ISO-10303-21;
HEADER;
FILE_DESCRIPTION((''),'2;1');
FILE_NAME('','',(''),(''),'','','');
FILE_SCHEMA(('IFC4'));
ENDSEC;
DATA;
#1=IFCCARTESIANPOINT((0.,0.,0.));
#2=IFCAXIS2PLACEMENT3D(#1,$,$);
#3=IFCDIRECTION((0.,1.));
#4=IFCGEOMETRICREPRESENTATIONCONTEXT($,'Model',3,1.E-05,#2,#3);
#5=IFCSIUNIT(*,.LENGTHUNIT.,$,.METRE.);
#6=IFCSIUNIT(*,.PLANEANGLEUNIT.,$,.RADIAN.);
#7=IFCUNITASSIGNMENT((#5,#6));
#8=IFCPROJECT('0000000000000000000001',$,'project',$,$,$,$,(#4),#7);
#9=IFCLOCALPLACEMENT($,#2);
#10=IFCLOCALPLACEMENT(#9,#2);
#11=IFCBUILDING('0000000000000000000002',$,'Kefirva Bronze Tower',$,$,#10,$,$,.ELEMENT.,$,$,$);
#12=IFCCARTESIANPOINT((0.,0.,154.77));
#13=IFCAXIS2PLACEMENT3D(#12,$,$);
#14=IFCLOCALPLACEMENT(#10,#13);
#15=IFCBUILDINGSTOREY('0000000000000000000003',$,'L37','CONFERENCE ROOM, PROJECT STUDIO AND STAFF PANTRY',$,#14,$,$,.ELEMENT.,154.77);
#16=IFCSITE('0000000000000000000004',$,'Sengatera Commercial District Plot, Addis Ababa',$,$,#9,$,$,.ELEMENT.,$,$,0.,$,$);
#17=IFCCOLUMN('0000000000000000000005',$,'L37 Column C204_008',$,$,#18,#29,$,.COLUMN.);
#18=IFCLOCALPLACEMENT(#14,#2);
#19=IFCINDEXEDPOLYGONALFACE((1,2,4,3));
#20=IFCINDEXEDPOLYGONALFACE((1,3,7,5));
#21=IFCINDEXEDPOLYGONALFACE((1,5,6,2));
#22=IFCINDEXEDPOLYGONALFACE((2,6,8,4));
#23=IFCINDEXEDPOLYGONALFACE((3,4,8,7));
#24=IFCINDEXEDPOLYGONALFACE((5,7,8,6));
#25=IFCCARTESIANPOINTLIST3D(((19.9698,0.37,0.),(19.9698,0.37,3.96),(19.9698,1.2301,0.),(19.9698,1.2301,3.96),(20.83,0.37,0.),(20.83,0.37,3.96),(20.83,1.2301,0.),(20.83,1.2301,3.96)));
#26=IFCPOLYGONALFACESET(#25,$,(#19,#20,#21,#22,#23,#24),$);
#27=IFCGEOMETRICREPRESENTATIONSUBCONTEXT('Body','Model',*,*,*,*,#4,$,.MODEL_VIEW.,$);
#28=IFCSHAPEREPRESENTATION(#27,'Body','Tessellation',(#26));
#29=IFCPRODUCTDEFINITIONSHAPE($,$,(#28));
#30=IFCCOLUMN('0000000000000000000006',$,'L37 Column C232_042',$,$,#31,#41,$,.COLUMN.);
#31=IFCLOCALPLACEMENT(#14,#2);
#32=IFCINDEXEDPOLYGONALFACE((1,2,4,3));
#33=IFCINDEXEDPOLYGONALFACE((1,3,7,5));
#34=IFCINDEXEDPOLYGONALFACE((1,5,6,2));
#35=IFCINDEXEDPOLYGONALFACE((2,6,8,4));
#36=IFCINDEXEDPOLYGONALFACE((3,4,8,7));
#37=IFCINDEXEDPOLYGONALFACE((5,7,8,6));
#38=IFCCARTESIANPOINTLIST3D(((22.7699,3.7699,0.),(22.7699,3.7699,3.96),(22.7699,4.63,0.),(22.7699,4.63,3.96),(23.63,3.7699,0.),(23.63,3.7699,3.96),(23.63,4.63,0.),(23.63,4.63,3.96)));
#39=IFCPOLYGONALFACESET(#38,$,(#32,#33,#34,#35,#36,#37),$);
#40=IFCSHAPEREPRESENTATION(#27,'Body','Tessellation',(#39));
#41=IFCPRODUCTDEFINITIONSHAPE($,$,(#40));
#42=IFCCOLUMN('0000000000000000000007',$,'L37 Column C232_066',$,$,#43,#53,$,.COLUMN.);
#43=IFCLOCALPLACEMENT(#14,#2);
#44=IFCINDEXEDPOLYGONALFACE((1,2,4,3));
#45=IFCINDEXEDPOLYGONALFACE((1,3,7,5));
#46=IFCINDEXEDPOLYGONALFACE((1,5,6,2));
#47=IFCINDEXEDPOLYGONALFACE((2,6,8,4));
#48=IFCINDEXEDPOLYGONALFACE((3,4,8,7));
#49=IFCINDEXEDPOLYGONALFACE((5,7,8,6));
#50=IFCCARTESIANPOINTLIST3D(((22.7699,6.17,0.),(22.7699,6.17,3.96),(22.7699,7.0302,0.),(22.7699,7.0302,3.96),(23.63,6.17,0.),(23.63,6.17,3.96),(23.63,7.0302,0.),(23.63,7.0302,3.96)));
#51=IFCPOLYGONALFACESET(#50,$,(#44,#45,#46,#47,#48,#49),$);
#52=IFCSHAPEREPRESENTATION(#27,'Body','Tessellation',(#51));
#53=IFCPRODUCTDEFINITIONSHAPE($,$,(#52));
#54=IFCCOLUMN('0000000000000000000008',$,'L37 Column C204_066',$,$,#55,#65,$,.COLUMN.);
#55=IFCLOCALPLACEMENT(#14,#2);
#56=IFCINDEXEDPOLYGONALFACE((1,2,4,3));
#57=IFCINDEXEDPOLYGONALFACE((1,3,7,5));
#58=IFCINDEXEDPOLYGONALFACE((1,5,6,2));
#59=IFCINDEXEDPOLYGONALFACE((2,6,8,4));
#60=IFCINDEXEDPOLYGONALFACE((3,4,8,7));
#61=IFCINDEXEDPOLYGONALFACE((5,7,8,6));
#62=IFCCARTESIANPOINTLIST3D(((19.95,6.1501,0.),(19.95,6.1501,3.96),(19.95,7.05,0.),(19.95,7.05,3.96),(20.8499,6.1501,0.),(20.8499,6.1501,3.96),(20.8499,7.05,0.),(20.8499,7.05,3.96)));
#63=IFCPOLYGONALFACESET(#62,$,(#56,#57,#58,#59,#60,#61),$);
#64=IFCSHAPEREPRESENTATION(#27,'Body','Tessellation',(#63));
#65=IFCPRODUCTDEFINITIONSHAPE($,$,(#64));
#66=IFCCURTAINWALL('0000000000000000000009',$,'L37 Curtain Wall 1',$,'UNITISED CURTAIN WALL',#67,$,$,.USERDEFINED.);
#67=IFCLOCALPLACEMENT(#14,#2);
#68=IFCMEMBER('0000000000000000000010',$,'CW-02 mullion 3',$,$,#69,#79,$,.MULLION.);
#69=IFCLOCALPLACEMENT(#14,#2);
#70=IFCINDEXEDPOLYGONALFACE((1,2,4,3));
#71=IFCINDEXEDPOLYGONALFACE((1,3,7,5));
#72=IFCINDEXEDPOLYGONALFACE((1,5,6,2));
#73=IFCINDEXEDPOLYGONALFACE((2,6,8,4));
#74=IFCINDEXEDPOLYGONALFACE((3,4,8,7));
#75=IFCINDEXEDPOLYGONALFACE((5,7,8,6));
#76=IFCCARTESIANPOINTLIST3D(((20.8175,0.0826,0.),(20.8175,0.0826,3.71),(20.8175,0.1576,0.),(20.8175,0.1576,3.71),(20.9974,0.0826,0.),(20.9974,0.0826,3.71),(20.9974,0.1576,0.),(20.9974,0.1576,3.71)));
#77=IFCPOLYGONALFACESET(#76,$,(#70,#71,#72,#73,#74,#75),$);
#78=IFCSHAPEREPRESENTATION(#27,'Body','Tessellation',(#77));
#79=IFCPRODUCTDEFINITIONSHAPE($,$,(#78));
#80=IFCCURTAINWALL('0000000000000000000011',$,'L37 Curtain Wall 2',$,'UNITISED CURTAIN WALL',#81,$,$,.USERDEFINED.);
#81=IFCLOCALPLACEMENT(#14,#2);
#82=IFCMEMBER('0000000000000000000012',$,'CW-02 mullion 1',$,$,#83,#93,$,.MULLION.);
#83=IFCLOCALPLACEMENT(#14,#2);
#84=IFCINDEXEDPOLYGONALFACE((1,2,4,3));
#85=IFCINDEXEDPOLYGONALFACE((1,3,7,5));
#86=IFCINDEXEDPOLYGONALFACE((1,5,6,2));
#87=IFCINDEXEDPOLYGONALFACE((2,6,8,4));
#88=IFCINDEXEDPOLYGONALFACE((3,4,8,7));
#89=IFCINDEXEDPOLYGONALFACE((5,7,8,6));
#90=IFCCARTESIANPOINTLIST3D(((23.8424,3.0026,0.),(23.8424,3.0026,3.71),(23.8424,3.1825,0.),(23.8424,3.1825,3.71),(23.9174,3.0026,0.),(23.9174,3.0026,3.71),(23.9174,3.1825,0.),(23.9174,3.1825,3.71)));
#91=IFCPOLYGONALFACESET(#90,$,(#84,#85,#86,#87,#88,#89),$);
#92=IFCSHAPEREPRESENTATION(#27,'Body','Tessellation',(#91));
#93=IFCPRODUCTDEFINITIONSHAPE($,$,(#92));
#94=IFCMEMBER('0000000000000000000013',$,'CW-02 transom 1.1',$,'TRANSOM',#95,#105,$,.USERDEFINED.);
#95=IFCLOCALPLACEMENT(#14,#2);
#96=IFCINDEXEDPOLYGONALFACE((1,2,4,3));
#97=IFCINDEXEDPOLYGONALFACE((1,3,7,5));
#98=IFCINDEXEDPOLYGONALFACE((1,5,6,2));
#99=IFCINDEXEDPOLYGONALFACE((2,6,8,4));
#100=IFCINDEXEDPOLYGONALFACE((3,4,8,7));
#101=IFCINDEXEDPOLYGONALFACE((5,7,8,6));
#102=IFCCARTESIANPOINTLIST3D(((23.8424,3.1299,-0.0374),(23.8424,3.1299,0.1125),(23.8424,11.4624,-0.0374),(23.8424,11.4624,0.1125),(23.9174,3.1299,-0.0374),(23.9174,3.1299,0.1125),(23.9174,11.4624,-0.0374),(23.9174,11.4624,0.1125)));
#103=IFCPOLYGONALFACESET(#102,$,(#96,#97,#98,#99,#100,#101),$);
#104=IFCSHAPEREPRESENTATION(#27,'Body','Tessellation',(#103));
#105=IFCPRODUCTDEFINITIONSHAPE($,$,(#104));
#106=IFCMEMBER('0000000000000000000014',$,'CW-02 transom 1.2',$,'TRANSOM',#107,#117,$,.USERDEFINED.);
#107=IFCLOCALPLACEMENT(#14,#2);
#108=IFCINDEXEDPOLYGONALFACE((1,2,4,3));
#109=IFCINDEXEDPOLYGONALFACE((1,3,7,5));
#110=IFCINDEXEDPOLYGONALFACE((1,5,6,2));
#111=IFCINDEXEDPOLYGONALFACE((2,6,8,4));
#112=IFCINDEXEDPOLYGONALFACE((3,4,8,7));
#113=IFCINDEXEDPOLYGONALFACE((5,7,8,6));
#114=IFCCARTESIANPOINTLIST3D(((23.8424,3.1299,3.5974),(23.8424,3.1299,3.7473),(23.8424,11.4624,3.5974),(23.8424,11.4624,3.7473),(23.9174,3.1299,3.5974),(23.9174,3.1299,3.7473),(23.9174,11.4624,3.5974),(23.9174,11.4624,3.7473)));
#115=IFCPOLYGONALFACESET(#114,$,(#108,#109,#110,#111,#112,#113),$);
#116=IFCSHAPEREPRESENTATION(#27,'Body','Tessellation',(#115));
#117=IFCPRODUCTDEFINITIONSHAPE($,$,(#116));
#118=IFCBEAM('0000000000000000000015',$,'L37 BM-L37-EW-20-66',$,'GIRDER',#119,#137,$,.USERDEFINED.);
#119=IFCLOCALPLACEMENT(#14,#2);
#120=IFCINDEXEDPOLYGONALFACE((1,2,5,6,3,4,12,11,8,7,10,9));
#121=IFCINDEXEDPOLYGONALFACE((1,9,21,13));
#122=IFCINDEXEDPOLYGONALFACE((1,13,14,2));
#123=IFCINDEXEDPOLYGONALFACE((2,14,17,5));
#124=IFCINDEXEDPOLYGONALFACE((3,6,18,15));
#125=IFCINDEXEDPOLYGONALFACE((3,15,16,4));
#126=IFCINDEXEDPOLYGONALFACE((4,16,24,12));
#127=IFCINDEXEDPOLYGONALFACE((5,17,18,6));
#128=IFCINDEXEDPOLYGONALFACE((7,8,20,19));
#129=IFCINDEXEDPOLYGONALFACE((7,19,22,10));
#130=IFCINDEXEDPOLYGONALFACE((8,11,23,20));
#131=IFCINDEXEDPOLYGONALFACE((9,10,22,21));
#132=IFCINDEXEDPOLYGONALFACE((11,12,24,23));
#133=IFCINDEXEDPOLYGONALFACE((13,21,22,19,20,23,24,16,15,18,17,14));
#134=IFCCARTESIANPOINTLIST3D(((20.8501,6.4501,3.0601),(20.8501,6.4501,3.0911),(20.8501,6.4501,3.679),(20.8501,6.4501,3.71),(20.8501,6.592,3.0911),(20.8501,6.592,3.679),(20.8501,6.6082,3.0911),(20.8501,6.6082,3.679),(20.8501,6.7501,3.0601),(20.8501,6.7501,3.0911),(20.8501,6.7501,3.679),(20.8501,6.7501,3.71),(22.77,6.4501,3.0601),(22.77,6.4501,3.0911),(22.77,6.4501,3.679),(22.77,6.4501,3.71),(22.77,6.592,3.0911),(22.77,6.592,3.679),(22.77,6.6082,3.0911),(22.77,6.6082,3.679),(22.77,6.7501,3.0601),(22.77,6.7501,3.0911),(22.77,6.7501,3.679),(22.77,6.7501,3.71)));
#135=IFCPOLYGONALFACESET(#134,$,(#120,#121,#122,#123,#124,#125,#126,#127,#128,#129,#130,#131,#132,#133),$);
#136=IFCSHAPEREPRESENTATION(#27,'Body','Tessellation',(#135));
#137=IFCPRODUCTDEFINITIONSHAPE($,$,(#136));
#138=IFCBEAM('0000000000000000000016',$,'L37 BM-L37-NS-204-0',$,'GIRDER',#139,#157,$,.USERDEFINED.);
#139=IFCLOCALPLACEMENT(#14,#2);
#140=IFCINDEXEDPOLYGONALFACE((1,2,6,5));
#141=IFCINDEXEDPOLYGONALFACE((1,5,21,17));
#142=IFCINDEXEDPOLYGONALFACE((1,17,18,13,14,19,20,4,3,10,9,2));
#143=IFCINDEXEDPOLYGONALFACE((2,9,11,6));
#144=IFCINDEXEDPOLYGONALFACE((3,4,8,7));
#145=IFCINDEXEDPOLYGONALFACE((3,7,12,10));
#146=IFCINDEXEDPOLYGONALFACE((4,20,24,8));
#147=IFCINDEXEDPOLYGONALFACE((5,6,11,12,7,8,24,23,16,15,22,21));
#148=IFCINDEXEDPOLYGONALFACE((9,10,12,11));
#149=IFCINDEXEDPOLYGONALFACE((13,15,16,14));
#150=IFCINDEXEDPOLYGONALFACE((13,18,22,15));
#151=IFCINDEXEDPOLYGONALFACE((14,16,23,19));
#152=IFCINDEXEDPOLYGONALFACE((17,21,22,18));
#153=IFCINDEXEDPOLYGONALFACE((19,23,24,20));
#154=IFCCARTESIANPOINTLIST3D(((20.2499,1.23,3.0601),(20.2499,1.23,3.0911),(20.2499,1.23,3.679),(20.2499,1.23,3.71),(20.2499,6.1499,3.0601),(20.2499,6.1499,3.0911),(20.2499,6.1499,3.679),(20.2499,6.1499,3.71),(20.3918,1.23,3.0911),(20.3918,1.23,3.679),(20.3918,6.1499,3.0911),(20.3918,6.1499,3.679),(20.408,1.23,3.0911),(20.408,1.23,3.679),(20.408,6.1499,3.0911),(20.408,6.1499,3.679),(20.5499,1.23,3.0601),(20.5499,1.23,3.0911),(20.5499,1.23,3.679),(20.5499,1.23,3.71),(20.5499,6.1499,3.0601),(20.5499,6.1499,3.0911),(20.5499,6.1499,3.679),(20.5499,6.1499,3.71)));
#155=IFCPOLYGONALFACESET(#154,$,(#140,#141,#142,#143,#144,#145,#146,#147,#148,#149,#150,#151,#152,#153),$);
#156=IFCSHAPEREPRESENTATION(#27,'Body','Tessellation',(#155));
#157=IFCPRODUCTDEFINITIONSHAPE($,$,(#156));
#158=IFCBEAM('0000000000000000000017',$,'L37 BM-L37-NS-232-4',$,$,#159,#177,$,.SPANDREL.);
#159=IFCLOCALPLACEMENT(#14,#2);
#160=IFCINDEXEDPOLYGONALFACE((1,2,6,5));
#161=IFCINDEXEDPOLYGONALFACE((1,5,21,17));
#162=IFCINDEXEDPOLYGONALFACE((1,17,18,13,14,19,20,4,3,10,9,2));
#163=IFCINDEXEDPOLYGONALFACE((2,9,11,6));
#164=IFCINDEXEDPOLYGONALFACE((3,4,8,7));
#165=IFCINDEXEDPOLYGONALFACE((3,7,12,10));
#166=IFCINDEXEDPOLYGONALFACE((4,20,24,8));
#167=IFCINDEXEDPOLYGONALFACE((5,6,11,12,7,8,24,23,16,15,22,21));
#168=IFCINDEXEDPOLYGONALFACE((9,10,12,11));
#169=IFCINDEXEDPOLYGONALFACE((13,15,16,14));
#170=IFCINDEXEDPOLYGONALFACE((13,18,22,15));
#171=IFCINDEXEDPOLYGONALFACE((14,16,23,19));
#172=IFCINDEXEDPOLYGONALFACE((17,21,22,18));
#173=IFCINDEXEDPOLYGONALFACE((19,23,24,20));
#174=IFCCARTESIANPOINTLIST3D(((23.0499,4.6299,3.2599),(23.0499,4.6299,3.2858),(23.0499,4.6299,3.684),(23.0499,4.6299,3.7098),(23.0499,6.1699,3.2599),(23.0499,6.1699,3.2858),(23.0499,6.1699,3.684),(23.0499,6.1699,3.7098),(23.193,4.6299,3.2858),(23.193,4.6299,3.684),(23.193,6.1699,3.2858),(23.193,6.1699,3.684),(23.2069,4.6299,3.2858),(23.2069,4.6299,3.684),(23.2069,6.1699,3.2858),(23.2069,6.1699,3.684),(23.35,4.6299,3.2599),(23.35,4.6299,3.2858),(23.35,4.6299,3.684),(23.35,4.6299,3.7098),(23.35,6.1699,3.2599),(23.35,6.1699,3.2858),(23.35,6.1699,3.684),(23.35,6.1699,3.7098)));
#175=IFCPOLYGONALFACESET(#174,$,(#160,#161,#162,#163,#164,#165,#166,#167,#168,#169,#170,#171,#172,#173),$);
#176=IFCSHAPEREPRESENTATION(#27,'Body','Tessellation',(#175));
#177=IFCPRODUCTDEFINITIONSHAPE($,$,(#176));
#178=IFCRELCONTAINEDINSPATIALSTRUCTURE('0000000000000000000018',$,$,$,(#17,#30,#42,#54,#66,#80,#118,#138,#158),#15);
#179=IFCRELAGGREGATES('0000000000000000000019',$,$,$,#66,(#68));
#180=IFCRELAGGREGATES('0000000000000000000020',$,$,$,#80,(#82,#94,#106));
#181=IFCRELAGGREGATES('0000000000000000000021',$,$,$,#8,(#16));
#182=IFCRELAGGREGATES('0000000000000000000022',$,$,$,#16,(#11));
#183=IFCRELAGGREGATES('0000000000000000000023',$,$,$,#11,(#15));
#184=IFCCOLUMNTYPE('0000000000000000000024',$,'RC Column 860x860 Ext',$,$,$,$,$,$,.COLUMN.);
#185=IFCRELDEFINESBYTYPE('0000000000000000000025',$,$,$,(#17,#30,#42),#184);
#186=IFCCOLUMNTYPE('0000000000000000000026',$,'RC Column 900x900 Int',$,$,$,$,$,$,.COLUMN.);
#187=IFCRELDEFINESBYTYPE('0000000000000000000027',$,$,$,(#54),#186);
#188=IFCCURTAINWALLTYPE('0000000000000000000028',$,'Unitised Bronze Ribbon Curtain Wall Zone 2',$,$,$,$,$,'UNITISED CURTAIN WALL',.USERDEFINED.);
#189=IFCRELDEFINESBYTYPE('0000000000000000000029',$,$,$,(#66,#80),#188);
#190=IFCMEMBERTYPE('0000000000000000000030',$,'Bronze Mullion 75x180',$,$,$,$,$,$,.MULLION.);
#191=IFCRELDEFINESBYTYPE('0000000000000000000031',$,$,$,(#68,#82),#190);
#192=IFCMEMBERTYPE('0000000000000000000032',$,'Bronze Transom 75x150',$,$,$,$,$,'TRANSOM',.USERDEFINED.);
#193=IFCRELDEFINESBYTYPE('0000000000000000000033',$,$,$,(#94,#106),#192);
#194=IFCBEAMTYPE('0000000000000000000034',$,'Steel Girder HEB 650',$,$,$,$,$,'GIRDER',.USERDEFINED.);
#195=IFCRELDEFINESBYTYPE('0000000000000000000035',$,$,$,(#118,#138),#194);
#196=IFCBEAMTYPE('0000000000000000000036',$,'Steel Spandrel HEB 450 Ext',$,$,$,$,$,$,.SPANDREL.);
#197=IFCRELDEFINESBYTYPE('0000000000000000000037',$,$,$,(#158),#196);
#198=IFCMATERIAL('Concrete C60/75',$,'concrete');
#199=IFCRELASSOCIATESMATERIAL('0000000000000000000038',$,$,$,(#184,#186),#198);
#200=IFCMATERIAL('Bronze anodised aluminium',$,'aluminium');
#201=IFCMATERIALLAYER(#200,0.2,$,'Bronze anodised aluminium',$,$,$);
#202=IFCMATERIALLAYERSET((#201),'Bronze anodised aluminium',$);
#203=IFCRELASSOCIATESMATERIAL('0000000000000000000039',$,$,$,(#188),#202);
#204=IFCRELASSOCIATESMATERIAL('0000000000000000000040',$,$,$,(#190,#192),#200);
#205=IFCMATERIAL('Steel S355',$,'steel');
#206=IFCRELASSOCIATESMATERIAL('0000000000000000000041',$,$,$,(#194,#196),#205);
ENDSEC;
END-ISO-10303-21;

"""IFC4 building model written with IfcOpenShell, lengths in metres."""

from ifc_helpers import new_model, si_unit, direction, frame, origin, origin_2d, place, context, subcontext, project, spatial, rectangle, i_section, extrude, material, layer, layer_set, material_profile, profile_set, type_object, element, aggregate, save


model = new_model("IFC4")

# Units and contexts
model_context = context("Model", 3, precision=1e-05, world=origin(), true_north=direction((0.0, 1.0)))
body_context = subcontext(model_context, "Body", "Model", "MODEL_VIEW")
ifc_project = project(units=[si_unit("LENGTHUNIT", "METRE"), si_unit("PLANEANGLEUNIT", "RADIAN")], contexts=[model_context])

# Site, building, storey
site_placement = place(None, origin())
site = spatial("IfcSite", under=ifc_project, at=site_placement, Name="Sengatera Commercial District Plot, Addis Ababa", CompositionType="ELEMENT", RefElevation=0.0)
building_placement = place(site_placement, origin())
building = spatial("IfcBuilding", under=site, at=building_placement, Name="Kefirva Bronze Tower", CompositionType="ELEMENT")
storey_placement = place(building_placement, frame((0.0, 0.0, 154.77)))
storey = spatial("IfcBuildingStorey", under=building, at=storey_placement, Name="L37", Description="CONFERENCE ROOM, PROJECT STUDIO AND STAFF PANTRY", CompositionType="ELEMENT", Elevation=154.77)

# Columns
ifc_material_1 = material(Name="Concrete C60/75", Category="concrete")
ifc_material_profile_1 = material_profile(ifc_material_1, rectangle(XDim=0.8601, YDim=0.8601, at=origin_2d()), Name="RC 860x860")
ifc_profile_set_1 = profile_set([ifc_material_profile_1], Name="Concrete C60/75")
column_type_1 = type_object("IfcColumnType", Name="RC Column 860x860 Ext", PredefinedType="COLUMN", material=ifc_profile_set_1)
for number, where, z_axis, x_axis, name in (
    (1, (20.3999, 0.8, 0.0), (0.0, 0.0, 1.0), (1.0, 0.0, 0.0), "L37 Column C204_008"),
    (2, (23.2, 4.2, 0.0), (0.0, 0.0, 1.0), (1.0, 0.0, 0.0), "L37 Column C232_042"),
    (3, (23.2, 6.6001, 0.0), (0.0, 0.0, 1.0), (1.0, 0.0, 0.0), "L37 Column C232_066"),
):
    element("IfcColumn", number, at=place(storey_placement, frame(where, z_axis=z_axis, x_axis=x_axis)), inside=storey, type_object=column_type_1, Name=name, PredefinedType="COLUMN", context=body_context, shape_type="SweptSolid", body=[
        extrude(rectangle(XDim=0.8601, YDim=0.8601, at=origin_2d()), origin(), (0.0, 0.0, 1.0), 3.96),
    ])
ifc_material_profile_2 = material_profile(ifc_material_1, rectangle(XDim=0.8999, YDim=0.8999, at=origin_2d()), Name="RC 900x900")
ifc_profile_set_2 = profile_set([ifc_material_profile_2], Name="Concrete C60/75")
column_type_2 = type_object("IfcColumnType", Name="RC Column 900x900 Int", PredefinedType="COLUMN", material=ifc_profile_set_2)
column_placement = place(storey_placement, frame((20.3999, 6.6001, 0.0), z_axis=(0.0, 0.0, 1.0), x_axis=(1.0, 0.0, 0.0)))
element("IfcColumn", 4, at=column_placement, inside=storey, type_object=column_type_2, Name="L37 Column C204_066", PredefinedType="COLUMN", context=body_context, shape_type="SweptSolid", body=[
    extrude(rectangle(XDim=0.8999, YDim=0.8999, at=origin_2d()), origin(), (0.0, 0.0, 1.0), 3.96),
])

# Curtain wall, member
ifc_material_2 = material(Name="Bronze anodised aluminium", Category="aluminium")
ifc_layer_1 = layer(ifc_material_2, 0.2, Name="Bronze anodised aluminium")
ifc_layer_set_1 = layer_set([ifc_layer_1], Name="Bronze anodised aluminium")
curtain_wall_type = type_object("IfcCurtainWallType", Name="Unitised Bronze Ribbon Curtain Wall Zone 2", ElementType="UNITISED CURTAIN WALL", PredefinedType="USERDEFINED", material=ifc_layer_set_1)
curtain_wall_1_placement = place(storey_placement, origin())
curtain_wall_1 = element("IfcCurtainWall", 5, at=curtain_wall_1_placement, inside=storey, type_object=curtain_wall_type, Name="L37 Curtain Wall 1", ObjectType="UNITISED CURTAIN WALL", PredefinedType="USERDEFINED")
ifc_material_profile_3 = material_profile(ifc_material_2, rectangle(XDim=0.075, YDim=0.1799, at=origin_2d()), Name="ALU 75x180")
ifc_profile_set_3 = profile_set([ifc_material_profile_3], Name="Bronze anodised aluminium")
member_type_1 = type_object("IfcMemberType", Name="Bronze Mullion 75x180", PredefinedType="MULLION", material=ifc_profile_set_3)
member_1_placement = place(storey_placement, frame((20.9075, 0.1201, 0.0), z_axis=(0.0, 0.0, 1.0), x_axis=(0.0, 1.0, 0.0)))
member_1 = element("IfcMember", 6, at=member_1_placement, type_object=member_type_1, Name="CW-02 mullion 3", PredefinedType="MULLION", context=body_context, shape_type="SweptSolid", body=[
    extrude(rectangle(XDim=0.075, YDim=0.1799, at=origin_2d()), origin(), (0.0, 0.0, 1.0), 3.71),
])
aggregate(curtain_wall_1, [member_1])

# Curtain wall, members
curtain_wall_2_placement = place(storey_placement, origin())
curtain_wall_2 = element("IfcCurtainWall", 7, at=curtain_wall_2_placement, inside=storey, type_object=curtain_wall_type, Name="L37 Curtain Wall 2", ObjectType="UNITISED CURTAIN WALL", PredefinedType="USERDEFINED")
member_2_placement = place(storey_placement, frame((23.8799, 3.0925, 0.0), z_axis=(0.0, 0.0, 1.0), x_axis=(-1.0, 0.0, 0.0)))
member_2 = element("IfcMember", 8, at=member_2_placement, type_object=member_type_1, Name="CW-02 mullion 1", PredefinedType="MULLION", context=body_context, shape_type="SweptSolid", body=[
    extrude(rectangle(XDim=0.075, YDim=0.1799, at=origin_2d()), origin(), (0.0, 0.0, 1.0), 3.71),
])
ifc_material_profile_4 = material_profile(ifc_material_2, rectangle(XDim=0.075, YDim=0.1499, at=origin_2d()), Name="ALU 75x150")
ifc_profile_set_4 = profile_set([ifc_material_profile_4], Name="Bronze anodised aluminium")
member_type_2 = type_object("IfcMemberType", Name="Bronze Transom 75x150", ElementType="TRANSOM", PredefinedType="USERDEFINED", material=ifc_profile_set_4)
member_3_placement = place(storey_placement, frame((23.8799, 3.1299, 0.0376), z_axis=(0.0, 1.0, 0.0), x_axis=(-1.0, 0.0, 0.0)))
member_3 = element("IfcMember", 9, at=member_3_placement, type_object=member_type_2, Name="CW-02 transom 1.1", ObjectType="TRANSOM", PredefinedType="USERDEFINED", context=body_context, shape_type="SweptSolid", body=[
    extrude(rectangle(XDim=0.075, YDim=0.1499, at=origin_2d()), origin(), (0.0, 0.0, 1.0), 8.3325),
])
member_4_placement = place(storey_placement, frame((23.8799, 3.1299, 3.6724), z_axis=(0.0, 1.0, 0.0), x_axis=(-1.0, 0.0, 0.0)))
member_4 = element("IfcMember", 10, at=member_4_placement, type_object=member_type_2, Name="CW-02 transom 1.2", ObjectType="TRANSOM", PredefinedType="USERDEFINED", context=body_context, shape_type="SweptSolid", body=[
    extrude(rectangle(XDim=0.075, YDim=0.1499, at=origin_2d()), origin(), (0.0, 0.0, 1.0), 8.3325),
])

# Beams
ifc_material_3 = material(Name="Steel S355", Category="steel")
ifc_material_profile_5 = material_profile(ifc_material_3, i_section(OverallWidth=0.3, OverallDepth=0.6499, WebThickness=0.0161, FlangeThickness=0.031, at=origin_2d()), Name="HEB 650")
ifc_profile_set_5 = profile_set([ifc_material_profile_5], Name="Steel S355")
beam_type_1 = type_object("IfcBeamType", Name="Steel Girder HEB 650", ElementType="GIRDER", PredefinedType="USERDEFINED", material=ifc_profile_set_5)
beam_1_placement = place(storey_placement, frame((20.8501, 6.6001, 3.385), z_axis=(1.0, 0.0, 0.0), x_axis=(0.0, 1.0, 0.0)))
element("IfcBeam", 11, at=beam_1_placement, inside=storey, type_object=beam_type_1, Name="L37 BM-L37-EW-20-66", ObjectType="GIRDER", PredefinedType="USERDEFINED", context=body_context, shape_type="SweptSolid", body=[
    extrude(i_section(OverallWidth=0.3, OverallDepth=0.6499, WebThickness=0.0161, FlangeThickness=0.031, at=origin_2d()), origin(), (0.0, 0.0, 1.0), 1.9199),
])
beam_2_placement = place(storey_placement, frame((20.3999, 1.23, 3.385), z_axis=(0.0, 1.0, 0.0), x_axis=(-1.0, 0.0, 0.0)))
element("IfcBeam", 12, at=beam_2_placement, inside=storey, type_object=beam_type_1, Name="L37 BM-L37-NS-204-0", ObjectType="GIRDER", PredefinedType="USERDEFINED", context=body_context, shape_type="SweptSolid", body=[
    extrude(i_section(OverallWidth=0.3, OverallDepth=0.6499, WebThickness=0.0161, FlangeThickness=0.031, at=origin_2d()), origin(), (0.0, 0.0, 1.0), 4.9199),
])
ifc_material_profile_6 = material_profile(ifc_material_3, i_section(OverallWidth=0.3, OverallDepth=0.45, WebThickness=0.0139, FlangeThickness=0.0259, at=origin_2d()), Name="HEB 450")
ifc_profile_set_6 = profile_set([ifc_material_profile_6], Name="Steel S355")
beam_type_2 = type_object("IfcBeamType", Name="Steel Spandrel HEB 450 Ext", PredefinedType="SPANDREL", material=ifc_profile_set_6)
beam_3_placement = place(storey_placement, frame((23.2, 4.6299, 3.4849), z_axis=(0.0, 1.0, 0.0), x_axis=(-1.0, 0.0, 0.0)))
element("IfcBeam", 13, at=beam_3_placement, inside=storey, type_object=beam_type_2, Name="L37 BM-L37-NS-232-4", PredefinedType="SPANDREL", context=body_context, shape_type="SweptSolid", body=[
    extrude(i_section(OverallWidth=0.3, OverallDepth=0.45, WebThickness=0.0139, FlangeThickness=0.0259, at=origin_2d()), origin(), (0.0, 0.0, 1.0), 1.54),
])

aggregate(curtain_wall_2, [member_2, member_3, member_4])

save(model, "model.ifc")
